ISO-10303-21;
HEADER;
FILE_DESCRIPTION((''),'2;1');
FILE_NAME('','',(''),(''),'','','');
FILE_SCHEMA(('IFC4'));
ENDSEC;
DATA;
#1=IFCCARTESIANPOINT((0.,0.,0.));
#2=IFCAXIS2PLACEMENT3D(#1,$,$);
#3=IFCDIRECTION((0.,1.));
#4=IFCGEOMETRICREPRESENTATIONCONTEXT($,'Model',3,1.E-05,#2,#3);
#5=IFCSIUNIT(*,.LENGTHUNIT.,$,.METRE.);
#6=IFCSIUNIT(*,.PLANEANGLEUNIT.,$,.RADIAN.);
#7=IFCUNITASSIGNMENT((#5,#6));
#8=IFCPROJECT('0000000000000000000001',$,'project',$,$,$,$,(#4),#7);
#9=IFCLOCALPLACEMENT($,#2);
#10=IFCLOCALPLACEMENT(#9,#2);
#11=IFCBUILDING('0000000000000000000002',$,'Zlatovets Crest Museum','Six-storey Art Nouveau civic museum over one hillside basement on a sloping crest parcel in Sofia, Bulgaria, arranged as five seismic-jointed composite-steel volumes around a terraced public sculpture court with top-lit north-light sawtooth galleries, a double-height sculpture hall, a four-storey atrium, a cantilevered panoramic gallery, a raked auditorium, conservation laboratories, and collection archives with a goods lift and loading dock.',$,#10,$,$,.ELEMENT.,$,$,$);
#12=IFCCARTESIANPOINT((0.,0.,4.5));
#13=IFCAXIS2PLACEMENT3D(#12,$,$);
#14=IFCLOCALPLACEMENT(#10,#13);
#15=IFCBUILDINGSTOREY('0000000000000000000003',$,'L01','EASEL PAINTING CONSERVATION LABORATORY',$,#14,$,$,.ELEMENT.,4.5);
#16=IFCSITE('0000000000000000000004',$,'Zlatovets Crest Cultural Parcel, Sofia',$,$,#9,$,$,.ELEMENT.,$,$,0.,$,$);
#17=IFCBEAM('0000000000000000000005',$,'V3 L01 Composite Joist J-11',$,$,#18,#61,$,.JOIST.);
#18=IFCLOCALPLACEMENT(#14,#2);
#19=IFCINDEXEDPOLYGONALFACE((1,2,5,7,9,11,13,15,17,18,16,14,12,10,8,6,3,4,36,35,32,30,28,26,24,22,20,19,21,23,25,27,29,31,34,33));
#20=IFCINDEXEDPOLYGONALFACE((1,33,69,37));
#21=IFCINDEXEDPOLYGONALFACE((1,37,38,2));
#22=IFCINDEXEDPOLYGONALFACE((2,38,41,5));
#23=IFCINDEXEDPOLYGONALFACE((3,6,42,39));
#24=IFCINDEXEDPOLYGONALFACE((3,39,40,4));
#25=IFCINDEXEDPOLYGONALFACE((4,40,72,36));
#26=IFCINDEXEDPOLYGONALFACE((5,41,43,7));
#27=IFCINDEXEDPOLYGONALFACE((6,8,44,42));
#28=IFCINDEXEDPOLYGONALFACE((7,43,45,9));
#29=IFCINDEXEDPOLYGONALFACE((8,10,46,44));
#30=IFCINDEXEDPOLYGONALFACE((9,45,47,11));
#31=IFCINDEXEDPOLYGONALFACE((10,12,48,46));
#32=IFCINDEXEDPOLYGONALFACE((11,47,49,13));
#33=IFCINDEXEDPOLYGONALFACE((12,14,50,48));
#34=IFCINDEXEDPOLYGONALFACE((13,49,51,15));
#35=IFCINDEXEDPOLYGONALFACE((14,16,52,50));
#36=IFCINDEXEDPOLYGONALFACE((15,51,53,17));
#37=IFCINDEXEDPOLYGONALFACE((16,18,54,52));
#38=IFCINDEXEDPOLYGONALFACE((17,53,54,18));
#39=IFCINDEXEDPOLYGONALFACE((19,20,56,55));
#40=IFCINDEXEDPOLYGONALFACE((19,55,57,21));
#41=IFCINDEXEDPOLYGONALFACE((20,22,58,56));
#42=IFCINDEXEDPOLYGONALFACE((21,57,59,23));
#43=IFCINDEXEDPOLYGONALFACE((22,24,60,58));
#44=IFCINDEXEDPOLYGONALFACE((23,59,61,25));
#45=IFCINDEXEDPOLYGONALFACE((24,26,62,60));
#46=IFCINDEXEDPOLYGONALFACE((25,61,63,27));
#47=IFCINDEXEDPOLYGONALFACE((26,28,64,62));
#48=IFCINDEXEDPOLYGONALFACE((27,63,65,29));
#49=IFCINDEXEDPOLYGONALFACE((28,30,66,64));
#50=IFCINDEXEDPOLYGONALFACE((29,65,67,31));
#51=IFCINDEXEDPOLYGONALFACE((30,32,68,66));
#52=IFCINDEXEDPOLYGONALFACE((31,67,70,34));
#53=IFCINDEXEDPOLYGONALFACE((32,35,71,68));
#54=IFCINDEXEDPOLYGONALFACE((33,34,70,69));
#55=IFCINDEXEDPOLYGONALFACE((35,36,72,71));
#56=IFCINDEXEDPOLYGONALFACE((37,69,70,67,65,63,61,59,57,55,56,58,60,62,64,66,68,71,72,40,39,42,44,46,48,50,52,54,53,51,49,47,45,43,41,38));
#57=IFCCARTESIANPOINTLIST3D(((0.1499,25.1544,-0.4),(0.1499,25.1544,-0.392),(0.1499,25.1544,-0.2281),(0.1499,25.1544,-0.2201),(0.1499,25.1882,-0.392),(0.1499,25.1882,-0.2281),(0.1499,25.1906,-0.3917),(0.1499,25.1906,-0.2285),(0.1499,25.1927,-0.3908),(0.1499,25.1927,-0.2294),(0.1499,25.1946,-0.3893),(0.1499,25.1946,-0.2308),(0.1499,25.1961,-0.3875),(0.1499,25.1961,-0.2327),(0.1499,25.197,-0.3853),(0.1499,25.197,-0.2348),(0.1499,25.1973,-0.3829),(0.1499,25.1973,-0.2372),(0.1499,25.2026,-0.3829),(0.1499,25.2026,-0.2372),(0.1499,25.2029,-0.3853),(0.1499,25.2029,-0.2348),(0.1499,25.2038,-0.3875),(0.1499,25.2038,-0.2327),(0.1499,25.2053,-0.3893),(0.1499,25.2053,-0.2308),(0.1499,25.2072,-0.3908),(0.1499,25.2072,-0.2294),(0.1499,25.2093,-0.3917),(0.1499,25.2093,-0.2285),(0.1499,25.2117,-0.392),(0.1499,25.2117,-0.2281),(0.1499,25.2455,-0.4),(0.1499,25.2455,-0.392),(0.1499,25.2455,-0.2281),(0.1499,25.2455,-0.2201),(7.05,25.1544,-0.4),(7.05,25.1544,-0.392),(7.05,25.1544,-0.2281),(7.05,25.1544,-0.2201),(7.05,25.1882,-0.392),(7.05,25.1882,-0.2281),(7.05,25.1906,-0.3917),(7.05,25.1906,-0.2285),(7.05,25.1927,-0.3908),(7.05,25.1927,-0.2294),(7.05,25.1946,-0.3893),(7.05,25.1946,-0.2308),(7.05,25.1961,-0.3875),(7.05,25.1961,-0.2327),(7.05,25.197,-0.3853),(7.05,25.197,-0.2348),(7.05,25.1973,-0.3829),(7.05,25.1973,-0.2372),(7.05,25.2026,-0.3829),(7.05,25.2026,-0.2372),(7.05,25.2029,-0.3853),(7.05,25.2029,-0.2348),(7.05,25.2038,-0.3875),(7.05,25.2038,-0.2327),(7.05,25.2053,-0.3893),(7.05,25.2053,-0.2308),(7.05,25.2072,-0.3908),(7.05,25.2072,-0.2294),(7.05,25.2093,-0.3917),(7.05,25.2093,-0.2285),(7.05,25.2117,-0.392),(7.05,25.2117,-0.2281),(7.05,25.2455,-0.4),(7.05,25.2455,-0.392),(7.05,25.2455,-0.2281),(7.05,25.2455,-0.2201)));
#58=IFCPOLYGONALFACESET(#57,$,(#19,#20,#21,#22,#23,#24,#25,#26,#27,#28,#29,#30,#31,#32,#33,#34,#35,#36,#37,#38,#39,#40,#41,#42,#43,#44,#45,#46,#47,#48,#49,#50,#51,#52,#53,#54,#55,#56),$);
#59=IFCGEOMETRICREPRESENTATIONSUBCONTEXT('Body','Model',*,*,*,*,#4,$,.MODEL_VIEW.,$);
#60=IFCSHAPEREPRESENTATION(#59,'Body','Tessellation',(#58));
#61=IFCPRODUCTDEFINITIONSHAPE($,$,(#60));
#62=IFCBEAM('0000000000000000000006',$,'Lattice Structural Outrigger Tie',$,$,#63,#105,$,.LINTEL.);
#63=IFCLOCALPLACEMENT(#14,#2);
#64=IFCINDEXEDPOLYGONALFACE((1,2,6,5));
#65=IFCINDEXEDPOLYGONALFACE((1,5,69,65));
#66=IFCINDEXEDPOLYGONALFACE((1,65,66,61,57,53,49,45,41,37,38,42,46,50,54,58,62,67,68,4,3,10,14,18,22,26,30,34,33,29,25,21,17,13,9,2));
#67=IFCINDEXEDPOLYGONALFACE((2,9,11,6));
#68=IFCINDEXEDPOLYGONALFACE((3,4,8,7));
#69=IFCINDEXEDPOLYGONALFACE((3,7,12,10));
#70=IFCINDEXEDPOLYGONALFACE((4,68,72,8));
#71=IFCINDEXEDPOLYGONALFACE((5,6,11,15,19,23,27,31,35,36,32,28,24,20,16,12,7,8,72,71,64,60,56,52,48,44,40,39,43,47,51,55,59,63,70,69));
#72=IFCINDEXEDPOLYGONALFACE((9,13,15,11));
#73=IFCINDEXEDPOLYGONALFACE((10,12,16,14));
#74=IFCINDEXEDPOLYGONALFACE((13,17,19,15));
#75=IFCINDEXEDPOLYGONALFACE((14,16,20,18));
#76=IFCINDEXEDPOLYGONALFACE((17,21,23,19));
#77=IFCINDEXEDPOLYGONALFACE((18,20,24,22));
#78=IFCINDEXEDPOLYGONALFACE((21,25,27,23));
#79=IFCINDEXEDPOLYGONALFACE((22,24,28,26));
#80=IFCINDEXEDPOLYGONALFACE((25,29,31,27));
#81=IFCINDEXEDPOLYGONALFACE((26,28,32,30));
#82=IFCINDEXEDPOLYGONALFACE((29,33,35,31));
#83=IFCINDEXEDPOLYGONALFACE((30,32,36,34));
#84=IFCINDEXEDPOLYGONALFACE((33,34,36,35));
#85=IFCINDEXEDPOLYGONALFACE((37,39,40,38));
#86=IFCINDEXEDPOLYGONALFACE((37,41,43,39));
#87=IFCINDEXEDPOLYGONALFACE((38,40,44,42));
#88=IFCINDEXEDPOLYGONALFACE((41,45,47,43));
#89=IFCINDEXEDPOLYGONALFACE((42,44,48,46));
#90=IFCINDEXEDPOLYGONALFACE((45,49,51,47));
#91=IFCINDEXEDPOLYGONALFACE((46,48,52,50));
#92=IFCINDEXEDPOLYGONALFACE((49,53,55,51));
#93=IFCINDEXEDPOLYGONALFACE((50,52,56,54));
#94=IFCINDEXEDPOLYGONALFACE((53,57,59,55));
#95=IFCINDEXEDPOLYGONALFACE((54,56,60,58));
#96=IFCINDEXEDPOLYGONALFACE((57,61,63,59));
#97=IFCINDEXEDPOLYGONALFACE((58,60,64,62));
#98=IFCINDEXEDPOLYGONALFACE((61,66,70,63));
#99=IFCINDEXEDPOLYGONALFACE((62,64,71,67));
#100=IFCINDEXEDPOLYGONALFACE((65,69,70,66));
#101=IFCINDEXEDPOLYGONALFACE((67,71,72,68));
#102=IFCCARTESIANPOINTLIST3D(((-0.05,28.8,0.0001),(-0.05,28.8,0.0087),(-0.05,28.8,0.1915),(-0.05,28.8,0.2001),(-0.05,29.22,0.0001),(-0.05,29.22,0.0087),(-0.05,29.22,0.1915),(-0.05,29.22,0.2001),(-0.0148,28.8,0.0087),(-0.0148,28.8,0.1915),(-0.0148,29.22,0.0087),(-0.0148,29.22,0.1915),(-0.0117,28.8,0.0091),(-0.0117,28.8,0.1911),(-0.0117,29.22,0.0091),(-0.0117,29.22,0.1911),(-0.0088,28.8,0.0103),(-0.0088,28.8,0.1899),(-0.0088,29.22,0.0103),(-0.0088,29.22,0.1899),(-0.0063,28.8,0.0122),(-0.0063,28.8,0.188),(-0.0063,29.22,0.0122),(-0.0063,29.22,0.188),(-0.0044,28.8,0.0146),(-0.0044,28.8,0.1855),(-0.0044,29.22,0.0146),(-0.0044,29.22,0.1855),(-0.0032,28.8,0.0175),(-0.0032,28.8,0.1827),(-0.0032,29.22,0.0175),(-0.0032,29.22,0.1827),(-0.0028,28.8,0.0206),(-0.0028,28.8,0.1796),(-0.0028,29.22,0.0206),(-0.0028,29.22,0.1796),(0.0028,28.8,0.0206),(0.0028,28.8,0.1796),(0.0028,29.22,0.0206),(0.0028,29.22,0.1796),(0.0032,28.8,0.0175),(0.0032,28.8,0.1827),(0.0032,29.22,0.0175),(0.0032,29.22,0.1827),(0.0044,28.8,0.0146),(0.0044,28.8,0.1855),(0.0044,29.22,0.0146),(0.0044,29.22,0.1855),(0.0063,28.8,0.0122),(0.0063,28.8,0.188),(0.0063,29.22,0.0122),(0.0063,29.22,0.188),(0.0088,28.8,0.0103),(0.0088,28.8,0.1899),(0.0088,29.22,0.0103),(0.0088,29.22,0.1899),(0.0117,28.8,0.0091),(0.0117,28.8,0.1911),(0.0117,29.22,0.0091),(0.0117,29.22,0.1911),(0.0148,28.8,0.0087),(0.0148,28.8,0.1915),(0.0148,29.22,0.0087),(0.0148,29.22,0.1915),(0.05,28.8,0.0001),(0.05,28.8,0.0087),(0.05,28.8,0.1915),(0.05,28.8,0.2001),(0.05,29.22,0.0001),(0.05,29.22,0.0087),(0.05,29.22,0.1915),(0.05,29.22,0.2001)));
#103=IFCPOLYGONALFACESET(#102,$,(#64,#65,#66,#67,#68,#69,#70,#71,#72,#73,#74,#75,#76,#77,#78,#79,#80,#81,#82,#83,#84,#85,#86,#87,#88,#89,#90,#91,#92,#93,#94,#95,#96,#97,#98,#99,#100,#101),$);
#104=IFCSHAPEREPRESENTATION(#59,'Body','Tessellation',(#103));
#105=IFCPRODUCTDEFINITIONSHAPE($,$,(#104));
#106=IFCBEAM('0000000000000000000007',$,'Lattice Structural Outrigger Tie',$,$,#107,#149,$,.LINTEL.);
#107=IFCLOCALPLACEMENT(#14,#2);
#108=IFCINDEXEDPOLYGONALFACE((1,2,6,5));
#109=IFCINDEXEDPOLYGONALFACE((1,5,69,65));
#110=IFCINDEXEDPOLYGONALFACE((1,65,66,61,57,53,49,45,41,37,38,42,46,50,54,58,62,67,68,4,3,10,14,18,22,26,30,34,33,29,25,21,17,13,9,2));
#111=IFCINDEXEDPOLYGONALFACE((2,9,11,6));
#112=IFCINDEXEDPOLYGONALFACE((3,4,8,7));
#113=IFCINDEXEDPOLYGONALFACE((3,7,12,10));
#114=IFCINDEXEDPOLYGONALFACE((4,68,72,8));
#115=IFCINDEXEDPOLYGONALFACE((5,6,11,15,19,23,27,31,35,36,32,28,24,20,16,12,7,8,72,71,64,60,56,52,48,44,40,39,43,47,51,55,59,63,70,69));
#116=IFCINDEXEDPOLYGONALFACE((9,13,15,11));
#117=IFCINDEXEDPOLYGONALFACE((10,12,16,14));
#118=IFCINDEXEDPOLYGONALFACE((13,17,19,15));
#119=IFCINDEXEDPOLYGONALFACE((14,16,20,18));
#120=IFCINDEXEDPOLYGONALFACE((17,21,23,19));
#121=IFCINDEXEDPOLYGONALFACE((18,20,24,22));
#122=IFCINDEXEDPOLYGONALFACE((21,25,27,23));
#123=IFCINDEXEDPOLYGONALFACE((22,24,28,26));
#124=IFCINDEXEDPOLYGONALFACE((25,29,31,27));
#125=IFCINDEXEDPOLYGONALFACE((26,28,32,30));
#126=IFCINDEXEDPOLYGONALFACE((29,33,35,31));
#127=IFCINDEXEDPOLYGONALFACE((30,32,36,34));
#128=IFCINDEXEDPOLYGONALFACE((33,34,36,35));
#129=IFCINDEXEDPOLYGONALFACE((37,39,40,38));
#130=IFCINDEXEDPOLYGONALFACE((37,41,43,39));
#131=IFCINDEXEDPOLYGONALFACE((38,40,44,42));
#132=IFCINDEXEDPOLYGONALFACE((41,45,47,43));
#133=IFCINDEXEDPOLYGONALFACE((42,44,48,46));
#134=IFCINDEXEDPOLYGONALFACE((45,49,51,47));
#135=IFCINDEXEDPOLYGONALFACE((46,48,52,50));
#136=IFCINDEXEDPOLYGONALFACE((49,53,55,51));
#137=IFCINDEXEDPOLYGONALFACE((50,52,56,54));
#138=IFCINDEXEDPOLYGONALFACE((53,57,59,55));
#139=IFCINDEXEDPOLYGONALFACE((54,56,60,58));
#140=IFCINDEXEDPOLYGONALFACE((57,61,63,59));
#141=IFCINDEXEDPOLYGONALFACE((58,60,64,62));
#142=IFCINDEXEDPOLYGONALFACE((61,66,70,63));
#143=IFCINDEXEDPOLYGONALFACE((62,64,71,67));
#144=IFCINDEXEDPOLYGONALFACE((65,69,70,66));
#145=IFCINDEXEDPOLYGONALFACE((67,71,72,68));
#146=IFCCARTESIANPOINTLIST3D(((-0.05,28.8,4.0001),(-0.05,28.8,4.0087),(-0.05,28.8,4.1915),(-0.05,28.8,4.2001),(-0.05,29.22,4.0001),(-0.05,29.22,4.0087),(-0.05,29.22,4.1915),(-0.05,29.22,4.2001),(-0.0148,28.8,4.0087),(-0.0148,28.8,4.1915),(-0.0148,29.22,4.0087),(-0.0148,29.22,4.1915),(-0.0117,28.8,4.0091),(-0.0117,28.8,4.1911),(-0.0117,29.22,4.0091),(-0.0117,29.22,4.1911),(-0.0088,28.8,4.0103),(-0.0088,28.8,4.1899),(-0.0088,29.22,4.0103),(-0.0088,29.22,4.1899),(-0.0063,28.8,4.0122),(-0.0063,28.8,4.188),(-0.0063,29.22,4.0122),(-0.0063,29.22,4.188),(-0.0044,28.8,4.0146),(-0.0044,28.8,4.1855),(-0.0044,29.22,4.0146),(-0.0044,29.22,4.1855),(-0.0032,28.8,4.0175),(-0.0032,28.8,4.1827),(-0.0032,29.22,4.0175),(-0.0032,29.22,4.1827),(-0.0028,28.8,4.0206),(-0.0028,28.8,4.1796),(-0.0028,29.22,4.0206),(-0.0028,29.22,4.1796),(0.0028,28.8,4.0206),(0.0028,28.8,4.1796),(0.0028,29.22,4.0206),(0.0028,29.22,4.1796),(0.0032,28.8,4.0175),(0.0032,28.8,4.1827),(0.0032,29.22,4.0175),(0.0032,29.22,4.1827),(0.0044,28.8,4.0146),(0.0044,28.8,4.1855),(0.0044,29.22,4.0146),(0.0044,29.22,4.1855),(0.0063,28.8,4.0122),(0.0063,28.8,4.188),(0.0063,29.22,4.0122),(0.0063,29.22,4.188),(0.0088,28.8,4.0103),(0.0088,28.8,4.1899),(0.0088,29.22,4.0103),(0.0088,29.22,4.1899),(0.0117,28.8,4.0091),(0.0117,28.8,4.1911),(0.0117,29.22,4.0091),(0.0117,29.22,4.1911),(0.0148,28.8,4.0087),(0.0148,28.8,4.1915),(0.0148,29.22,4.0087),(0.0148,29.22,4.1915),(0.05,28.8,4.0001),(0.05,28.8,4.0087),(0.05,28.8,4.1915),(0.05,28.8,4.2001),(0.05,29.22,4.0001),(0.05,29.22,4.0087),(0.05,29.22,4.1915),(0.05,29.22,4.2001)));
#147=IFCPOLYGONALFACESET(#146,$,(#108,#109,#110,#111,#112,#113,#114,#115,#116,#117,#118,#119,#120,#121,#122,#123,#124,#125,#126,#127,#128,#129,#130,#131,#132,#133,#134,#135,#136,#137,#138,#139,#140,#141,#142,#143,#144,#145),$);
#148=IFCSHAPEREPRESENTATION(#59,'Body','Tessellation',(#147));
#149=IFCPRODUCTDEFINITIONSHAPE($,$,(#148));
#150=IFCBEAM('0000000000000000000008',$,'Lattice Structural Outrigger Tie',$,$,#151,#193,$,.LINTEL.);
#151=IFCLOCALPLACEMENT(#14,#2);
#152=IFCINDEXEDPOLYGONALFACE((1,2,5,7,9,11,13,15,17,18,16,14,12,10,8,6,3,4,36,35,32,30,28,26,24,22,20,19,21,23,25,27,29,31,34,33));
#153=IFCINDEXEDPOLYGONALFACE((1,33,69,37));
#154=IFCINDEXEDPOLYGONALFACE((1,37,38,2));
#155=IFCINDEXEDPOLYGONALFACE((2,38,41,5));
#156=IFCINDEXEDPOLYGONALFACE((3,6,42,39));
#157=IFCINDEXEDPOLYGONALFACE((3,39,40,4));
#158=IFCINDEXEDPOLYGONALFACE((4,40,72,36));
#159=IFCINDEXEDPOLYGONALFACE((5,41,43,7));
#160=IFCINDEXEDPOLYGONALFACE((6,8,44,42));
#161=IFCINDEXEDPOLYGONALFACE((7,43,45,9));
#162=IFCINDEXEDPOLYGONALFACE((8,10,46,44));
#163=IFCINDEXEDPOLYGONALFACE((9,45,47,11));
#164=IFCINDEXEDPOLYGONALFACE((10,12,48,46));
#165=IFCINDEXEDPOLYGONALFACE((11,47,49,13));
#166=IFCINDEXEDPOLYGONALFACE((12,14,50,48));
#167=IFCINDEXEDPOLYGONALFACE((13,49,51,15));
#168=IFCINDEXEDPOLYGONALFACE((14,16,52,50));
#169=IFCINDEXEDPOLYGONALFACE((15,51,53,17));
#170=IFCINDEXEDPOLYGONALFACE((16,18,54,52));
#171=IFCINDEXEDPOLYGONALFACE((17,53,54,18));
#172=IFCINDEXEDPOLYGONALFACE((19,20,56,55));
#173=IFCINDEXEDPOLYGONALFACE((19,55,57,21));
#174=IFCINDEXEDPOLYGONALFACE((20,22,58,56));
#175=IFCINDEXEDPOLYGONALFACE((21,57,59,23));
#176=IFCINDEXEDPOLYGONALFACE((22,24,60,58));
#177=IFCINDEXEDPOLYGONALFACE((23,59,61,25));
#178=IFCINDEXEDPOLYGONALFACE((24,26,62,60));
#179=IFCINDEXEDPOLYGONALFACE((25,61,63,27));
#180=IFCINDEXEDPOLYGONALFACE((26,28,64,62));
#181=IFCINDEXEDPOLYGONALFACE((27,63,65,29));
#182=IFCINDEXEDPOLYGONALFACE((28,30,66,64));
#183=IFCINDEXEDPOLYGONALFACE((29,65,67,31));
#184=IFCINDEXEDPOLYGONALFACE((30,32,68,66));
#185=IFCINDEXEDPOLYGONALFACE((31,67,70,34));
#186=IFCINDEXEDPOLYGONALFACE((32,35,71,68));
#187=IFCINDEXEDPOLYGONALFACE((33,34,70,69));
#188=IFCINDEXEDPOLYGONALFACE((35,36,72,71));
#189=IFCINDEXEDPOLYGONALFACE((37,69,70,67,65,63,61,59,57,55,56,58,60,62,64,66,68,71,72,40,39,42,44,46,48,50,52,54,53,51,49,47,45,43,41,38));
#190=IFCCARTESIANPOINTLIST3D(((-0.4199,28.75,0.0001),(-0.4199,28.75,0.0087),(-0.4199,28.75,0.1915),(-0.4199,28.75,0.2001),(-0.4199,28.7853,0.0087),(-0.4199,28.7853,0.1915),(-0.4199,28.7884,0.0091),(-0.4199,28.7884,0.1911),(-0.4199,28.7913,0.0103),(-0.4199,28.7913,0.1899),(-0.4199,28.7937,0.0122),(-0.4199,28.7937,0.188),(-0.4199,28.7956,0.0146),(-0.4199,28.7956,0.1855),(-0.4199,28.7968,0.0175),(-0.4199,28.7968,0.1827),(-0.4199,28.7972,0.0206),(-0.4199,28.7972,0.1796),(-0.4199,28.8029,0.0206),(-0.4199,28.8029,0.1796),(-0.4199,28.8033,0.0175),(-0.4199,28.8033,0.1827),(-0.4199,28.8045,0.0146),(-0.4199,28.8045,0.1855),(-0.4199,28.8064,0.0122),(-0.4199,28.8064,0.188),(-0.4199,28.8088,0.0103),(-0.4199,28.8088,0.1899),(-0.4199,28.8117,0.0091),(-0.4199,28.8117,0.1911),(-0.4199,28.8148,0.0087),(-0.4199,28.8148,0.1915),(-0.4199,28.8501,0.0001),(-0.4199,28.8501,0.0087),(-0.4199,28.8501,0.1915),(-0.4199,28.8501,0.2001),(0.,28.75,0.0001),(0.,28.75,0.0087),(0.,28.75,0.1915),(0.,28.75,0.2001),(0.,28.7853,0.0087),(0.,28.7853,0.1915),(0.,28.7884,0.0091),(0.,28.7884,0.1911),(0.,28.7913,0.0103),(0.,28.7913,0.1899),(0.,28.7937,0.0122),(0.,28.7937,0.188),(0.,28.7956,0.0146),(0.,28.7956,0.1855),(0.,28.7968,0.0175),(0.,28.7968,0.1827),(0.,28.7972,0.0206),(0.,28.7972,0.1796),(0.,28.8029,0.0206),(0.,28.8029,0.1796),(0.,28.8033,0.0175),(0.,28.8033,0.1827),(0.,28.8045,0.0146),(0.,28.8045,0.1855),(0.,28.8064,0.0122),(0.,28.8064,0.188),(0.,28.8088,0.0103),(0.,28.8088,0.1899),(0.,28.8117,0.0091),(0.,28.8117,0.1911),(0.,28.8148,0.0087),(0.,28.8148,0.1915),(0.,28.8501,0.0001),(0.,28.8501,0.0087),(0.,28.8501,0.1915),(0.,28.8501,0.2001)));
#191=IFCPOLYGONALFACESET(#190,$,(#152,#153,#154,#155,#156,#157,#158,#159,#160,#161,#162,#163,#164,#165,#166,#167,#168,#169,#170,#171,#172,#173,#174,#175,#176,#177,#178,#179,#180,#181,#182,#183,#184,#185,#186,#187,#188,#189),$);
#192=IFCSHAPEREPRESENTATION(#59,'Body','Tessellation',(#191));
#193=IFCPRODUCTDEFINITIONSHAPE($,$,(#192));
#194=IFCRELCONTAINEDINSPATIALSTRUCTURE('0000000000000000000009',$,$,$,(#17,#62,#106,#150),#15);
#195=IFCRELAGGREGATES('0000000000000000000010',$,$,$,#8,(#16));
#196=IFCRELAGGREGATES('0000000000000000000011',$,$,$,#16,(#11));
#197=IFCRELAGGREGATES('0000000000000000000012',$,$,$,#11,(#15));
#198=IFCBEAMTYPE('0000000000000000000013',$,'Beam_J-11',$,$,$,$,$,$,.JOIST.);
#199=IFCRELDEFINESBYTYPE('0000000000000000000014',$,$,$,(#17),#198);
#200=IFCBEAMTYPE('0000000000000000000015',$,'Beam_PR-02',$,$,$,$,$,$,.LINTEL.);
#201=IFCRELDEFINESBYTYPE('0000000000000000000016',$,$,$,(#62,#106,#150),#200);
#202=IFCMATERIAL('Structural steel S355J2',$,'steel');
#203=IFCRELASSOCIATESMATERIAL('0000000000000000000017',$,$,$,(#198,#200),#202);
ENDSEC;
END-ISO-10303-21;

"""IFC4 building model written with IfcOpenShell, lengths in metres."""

from ifc_helpers import new_model, si_unit, direction, frame, origin, origin_2d, place, context, subcontext, project, spatial, i_section, extrude, material, material_profile, profile_set, type_object, element, save


model = new_model("IFC4")

# Units and contexts
model_context = context("Model", 3, precision=1e-05, world=origin(), true_north=direction((0.0, 1.0)))
body_context = subcontext(model_context, "Body", "Model", "MODEL_VIEW")
ifc_project = project(units=[si_unit("LENGTHUNIT", "METRE"), si_unit("PLANEANGLEUNIT", "RADIAN")], contexts=[model_context])

# Site, building, storey
site_placement = place(None, origin())
site = spatial("IfcSite", under=ifc_project, at=site_placement, Name="Zlatovets Crest Cultural Parcel, Sofia", CompositionType="ELEMENT", RefElevation=0.0)
building_placement = place(site_placement, origin())
building = spatial("IfcBuilding", under=site, at=building_placement, Name="Zlatovets Crest Museum", Description="Six-storey Art Nouveau civic museum over one hillside basement on a sloping crest parcel in Sofia, Bulgaria, arranged as five seismic-jointed composite-steel volumes around a terraced public sculpture court with top-lit north-light sawtooth galleries, a double-height sculpture hall, a four-storey atrium, a cantilevered panoramic gallery, a raked auditorium, conservation laboratories, and collection archives with a goods lift and loading dock.", CompositionType="ELEMENT")
storey_placement = place(building_placement, frame((0.0, 0.0, 4.5)))
storey = spatial("IfcBuildingStorey", under=building, at=storey_placement, Name="L01", Description="EASEL PAINTING CONSERVATION LABORATORY", CompositionType="ELEMENT", Elevation=4.5)

# Shared definitions
ifc_material_1 = material(Name="Structural steel S355J2", Category="steel")

# Beams
ifc_material_profile_1 = material_profile(ifc_material_1, i_section(OverallWidth=0.0911, OverallDepth=0.1799, WebThickness=0.0054, FlangeThickness=0.0081, FilletRadius=0.009, at=origin_2d()), Name="IPE 180")
ifc_profile_set_1 = profile_set([ifc_material_profile_1], Name="Structural steel S355J2")
beam_type_1 = type_object("IfcBeamType", Name="Beam_J-11", PredefinedType="JOIST", material=ifc_profile_set_1)
beam_placement = place(storey_placement, frame((0.1499, 25.2, -0.3101), z_axis=(1.0, 0.0, 0.0), x_axis=(0.0, 1.0, 0.0)))
element("IfcBeam", 1, at=beam_placement, inside=storey, type_object=beam_type_1, Name="V3 L01 Composite Joist J-11", PredefinedType="JOIST", context=body_context, shape_type="SweptSolid", body=[
    extrude(i_section(OverallWidth=0.0911, OverallDepth=0.1799, WebThickness=0.0054, FlangeThickness=0.0081, FilletRadius=0.009, at=origin_2d()), origin(), (0.0, 0.0, 1.0), 6.9001),
])
ifc_material_profile_2 = material_profile(ifc_material_1, i_section(OverallWidth=0.1001, OverallDepth=0.2, WebThickness=0.0056, FlangeThickness=0.0085, FilletRadius=0.012, at=origin_2d()), Name="IPE 200")
ifc_profile_set_2 = profile_set([ifc_material_profile_2], Name="Structural steel S355J2")
beam_type_2 = type_object("IfcBeamType", Name="Beam_PR-02", PredefinedType="LINTEL", material=ifc_profile_set_2)
for number, where, z_axis, x_axis, name in (
    (2, (0.0, 28.8, 0.1001), (0.0, 1.0, 0.0), (-1.0, 0.0, 0.0), "Lattice Structural Outrigger Tie"),
    (3, (0.0, 28.8, 4.1001), (0.0, 1.0, 0.0), (-1.0, 0.0, 0.0), "Lattice Structural Outrigger Tie"),
    (4, (0.0, 28.8, 0.1001), (-1.0, 0.0, 0.0), (0.0, -1.0, 0.0), "Lattice Structural Outrigger Tie"),
):
    element("IfcBeam", number, at=place(storey_placement, frame(where, z_axis=z_axis, x_axis=x_axis)), inside=storey, type_object=beam_type_2, Name=name, PredefinedType="LINTEL", context=body_context, shape_type="SweptSolid", body=[
        extrude(i_section(OverallWidth=0.1001, OverallDepth=0.2, WebThickness=0.0056, FlangeThickness=0.0085, FilletRadius=0.012, at=origin_2d()), origin(), (0.0, 0.0, 1.0), 0.4199),
    ])

save(model, "model.ifc")
